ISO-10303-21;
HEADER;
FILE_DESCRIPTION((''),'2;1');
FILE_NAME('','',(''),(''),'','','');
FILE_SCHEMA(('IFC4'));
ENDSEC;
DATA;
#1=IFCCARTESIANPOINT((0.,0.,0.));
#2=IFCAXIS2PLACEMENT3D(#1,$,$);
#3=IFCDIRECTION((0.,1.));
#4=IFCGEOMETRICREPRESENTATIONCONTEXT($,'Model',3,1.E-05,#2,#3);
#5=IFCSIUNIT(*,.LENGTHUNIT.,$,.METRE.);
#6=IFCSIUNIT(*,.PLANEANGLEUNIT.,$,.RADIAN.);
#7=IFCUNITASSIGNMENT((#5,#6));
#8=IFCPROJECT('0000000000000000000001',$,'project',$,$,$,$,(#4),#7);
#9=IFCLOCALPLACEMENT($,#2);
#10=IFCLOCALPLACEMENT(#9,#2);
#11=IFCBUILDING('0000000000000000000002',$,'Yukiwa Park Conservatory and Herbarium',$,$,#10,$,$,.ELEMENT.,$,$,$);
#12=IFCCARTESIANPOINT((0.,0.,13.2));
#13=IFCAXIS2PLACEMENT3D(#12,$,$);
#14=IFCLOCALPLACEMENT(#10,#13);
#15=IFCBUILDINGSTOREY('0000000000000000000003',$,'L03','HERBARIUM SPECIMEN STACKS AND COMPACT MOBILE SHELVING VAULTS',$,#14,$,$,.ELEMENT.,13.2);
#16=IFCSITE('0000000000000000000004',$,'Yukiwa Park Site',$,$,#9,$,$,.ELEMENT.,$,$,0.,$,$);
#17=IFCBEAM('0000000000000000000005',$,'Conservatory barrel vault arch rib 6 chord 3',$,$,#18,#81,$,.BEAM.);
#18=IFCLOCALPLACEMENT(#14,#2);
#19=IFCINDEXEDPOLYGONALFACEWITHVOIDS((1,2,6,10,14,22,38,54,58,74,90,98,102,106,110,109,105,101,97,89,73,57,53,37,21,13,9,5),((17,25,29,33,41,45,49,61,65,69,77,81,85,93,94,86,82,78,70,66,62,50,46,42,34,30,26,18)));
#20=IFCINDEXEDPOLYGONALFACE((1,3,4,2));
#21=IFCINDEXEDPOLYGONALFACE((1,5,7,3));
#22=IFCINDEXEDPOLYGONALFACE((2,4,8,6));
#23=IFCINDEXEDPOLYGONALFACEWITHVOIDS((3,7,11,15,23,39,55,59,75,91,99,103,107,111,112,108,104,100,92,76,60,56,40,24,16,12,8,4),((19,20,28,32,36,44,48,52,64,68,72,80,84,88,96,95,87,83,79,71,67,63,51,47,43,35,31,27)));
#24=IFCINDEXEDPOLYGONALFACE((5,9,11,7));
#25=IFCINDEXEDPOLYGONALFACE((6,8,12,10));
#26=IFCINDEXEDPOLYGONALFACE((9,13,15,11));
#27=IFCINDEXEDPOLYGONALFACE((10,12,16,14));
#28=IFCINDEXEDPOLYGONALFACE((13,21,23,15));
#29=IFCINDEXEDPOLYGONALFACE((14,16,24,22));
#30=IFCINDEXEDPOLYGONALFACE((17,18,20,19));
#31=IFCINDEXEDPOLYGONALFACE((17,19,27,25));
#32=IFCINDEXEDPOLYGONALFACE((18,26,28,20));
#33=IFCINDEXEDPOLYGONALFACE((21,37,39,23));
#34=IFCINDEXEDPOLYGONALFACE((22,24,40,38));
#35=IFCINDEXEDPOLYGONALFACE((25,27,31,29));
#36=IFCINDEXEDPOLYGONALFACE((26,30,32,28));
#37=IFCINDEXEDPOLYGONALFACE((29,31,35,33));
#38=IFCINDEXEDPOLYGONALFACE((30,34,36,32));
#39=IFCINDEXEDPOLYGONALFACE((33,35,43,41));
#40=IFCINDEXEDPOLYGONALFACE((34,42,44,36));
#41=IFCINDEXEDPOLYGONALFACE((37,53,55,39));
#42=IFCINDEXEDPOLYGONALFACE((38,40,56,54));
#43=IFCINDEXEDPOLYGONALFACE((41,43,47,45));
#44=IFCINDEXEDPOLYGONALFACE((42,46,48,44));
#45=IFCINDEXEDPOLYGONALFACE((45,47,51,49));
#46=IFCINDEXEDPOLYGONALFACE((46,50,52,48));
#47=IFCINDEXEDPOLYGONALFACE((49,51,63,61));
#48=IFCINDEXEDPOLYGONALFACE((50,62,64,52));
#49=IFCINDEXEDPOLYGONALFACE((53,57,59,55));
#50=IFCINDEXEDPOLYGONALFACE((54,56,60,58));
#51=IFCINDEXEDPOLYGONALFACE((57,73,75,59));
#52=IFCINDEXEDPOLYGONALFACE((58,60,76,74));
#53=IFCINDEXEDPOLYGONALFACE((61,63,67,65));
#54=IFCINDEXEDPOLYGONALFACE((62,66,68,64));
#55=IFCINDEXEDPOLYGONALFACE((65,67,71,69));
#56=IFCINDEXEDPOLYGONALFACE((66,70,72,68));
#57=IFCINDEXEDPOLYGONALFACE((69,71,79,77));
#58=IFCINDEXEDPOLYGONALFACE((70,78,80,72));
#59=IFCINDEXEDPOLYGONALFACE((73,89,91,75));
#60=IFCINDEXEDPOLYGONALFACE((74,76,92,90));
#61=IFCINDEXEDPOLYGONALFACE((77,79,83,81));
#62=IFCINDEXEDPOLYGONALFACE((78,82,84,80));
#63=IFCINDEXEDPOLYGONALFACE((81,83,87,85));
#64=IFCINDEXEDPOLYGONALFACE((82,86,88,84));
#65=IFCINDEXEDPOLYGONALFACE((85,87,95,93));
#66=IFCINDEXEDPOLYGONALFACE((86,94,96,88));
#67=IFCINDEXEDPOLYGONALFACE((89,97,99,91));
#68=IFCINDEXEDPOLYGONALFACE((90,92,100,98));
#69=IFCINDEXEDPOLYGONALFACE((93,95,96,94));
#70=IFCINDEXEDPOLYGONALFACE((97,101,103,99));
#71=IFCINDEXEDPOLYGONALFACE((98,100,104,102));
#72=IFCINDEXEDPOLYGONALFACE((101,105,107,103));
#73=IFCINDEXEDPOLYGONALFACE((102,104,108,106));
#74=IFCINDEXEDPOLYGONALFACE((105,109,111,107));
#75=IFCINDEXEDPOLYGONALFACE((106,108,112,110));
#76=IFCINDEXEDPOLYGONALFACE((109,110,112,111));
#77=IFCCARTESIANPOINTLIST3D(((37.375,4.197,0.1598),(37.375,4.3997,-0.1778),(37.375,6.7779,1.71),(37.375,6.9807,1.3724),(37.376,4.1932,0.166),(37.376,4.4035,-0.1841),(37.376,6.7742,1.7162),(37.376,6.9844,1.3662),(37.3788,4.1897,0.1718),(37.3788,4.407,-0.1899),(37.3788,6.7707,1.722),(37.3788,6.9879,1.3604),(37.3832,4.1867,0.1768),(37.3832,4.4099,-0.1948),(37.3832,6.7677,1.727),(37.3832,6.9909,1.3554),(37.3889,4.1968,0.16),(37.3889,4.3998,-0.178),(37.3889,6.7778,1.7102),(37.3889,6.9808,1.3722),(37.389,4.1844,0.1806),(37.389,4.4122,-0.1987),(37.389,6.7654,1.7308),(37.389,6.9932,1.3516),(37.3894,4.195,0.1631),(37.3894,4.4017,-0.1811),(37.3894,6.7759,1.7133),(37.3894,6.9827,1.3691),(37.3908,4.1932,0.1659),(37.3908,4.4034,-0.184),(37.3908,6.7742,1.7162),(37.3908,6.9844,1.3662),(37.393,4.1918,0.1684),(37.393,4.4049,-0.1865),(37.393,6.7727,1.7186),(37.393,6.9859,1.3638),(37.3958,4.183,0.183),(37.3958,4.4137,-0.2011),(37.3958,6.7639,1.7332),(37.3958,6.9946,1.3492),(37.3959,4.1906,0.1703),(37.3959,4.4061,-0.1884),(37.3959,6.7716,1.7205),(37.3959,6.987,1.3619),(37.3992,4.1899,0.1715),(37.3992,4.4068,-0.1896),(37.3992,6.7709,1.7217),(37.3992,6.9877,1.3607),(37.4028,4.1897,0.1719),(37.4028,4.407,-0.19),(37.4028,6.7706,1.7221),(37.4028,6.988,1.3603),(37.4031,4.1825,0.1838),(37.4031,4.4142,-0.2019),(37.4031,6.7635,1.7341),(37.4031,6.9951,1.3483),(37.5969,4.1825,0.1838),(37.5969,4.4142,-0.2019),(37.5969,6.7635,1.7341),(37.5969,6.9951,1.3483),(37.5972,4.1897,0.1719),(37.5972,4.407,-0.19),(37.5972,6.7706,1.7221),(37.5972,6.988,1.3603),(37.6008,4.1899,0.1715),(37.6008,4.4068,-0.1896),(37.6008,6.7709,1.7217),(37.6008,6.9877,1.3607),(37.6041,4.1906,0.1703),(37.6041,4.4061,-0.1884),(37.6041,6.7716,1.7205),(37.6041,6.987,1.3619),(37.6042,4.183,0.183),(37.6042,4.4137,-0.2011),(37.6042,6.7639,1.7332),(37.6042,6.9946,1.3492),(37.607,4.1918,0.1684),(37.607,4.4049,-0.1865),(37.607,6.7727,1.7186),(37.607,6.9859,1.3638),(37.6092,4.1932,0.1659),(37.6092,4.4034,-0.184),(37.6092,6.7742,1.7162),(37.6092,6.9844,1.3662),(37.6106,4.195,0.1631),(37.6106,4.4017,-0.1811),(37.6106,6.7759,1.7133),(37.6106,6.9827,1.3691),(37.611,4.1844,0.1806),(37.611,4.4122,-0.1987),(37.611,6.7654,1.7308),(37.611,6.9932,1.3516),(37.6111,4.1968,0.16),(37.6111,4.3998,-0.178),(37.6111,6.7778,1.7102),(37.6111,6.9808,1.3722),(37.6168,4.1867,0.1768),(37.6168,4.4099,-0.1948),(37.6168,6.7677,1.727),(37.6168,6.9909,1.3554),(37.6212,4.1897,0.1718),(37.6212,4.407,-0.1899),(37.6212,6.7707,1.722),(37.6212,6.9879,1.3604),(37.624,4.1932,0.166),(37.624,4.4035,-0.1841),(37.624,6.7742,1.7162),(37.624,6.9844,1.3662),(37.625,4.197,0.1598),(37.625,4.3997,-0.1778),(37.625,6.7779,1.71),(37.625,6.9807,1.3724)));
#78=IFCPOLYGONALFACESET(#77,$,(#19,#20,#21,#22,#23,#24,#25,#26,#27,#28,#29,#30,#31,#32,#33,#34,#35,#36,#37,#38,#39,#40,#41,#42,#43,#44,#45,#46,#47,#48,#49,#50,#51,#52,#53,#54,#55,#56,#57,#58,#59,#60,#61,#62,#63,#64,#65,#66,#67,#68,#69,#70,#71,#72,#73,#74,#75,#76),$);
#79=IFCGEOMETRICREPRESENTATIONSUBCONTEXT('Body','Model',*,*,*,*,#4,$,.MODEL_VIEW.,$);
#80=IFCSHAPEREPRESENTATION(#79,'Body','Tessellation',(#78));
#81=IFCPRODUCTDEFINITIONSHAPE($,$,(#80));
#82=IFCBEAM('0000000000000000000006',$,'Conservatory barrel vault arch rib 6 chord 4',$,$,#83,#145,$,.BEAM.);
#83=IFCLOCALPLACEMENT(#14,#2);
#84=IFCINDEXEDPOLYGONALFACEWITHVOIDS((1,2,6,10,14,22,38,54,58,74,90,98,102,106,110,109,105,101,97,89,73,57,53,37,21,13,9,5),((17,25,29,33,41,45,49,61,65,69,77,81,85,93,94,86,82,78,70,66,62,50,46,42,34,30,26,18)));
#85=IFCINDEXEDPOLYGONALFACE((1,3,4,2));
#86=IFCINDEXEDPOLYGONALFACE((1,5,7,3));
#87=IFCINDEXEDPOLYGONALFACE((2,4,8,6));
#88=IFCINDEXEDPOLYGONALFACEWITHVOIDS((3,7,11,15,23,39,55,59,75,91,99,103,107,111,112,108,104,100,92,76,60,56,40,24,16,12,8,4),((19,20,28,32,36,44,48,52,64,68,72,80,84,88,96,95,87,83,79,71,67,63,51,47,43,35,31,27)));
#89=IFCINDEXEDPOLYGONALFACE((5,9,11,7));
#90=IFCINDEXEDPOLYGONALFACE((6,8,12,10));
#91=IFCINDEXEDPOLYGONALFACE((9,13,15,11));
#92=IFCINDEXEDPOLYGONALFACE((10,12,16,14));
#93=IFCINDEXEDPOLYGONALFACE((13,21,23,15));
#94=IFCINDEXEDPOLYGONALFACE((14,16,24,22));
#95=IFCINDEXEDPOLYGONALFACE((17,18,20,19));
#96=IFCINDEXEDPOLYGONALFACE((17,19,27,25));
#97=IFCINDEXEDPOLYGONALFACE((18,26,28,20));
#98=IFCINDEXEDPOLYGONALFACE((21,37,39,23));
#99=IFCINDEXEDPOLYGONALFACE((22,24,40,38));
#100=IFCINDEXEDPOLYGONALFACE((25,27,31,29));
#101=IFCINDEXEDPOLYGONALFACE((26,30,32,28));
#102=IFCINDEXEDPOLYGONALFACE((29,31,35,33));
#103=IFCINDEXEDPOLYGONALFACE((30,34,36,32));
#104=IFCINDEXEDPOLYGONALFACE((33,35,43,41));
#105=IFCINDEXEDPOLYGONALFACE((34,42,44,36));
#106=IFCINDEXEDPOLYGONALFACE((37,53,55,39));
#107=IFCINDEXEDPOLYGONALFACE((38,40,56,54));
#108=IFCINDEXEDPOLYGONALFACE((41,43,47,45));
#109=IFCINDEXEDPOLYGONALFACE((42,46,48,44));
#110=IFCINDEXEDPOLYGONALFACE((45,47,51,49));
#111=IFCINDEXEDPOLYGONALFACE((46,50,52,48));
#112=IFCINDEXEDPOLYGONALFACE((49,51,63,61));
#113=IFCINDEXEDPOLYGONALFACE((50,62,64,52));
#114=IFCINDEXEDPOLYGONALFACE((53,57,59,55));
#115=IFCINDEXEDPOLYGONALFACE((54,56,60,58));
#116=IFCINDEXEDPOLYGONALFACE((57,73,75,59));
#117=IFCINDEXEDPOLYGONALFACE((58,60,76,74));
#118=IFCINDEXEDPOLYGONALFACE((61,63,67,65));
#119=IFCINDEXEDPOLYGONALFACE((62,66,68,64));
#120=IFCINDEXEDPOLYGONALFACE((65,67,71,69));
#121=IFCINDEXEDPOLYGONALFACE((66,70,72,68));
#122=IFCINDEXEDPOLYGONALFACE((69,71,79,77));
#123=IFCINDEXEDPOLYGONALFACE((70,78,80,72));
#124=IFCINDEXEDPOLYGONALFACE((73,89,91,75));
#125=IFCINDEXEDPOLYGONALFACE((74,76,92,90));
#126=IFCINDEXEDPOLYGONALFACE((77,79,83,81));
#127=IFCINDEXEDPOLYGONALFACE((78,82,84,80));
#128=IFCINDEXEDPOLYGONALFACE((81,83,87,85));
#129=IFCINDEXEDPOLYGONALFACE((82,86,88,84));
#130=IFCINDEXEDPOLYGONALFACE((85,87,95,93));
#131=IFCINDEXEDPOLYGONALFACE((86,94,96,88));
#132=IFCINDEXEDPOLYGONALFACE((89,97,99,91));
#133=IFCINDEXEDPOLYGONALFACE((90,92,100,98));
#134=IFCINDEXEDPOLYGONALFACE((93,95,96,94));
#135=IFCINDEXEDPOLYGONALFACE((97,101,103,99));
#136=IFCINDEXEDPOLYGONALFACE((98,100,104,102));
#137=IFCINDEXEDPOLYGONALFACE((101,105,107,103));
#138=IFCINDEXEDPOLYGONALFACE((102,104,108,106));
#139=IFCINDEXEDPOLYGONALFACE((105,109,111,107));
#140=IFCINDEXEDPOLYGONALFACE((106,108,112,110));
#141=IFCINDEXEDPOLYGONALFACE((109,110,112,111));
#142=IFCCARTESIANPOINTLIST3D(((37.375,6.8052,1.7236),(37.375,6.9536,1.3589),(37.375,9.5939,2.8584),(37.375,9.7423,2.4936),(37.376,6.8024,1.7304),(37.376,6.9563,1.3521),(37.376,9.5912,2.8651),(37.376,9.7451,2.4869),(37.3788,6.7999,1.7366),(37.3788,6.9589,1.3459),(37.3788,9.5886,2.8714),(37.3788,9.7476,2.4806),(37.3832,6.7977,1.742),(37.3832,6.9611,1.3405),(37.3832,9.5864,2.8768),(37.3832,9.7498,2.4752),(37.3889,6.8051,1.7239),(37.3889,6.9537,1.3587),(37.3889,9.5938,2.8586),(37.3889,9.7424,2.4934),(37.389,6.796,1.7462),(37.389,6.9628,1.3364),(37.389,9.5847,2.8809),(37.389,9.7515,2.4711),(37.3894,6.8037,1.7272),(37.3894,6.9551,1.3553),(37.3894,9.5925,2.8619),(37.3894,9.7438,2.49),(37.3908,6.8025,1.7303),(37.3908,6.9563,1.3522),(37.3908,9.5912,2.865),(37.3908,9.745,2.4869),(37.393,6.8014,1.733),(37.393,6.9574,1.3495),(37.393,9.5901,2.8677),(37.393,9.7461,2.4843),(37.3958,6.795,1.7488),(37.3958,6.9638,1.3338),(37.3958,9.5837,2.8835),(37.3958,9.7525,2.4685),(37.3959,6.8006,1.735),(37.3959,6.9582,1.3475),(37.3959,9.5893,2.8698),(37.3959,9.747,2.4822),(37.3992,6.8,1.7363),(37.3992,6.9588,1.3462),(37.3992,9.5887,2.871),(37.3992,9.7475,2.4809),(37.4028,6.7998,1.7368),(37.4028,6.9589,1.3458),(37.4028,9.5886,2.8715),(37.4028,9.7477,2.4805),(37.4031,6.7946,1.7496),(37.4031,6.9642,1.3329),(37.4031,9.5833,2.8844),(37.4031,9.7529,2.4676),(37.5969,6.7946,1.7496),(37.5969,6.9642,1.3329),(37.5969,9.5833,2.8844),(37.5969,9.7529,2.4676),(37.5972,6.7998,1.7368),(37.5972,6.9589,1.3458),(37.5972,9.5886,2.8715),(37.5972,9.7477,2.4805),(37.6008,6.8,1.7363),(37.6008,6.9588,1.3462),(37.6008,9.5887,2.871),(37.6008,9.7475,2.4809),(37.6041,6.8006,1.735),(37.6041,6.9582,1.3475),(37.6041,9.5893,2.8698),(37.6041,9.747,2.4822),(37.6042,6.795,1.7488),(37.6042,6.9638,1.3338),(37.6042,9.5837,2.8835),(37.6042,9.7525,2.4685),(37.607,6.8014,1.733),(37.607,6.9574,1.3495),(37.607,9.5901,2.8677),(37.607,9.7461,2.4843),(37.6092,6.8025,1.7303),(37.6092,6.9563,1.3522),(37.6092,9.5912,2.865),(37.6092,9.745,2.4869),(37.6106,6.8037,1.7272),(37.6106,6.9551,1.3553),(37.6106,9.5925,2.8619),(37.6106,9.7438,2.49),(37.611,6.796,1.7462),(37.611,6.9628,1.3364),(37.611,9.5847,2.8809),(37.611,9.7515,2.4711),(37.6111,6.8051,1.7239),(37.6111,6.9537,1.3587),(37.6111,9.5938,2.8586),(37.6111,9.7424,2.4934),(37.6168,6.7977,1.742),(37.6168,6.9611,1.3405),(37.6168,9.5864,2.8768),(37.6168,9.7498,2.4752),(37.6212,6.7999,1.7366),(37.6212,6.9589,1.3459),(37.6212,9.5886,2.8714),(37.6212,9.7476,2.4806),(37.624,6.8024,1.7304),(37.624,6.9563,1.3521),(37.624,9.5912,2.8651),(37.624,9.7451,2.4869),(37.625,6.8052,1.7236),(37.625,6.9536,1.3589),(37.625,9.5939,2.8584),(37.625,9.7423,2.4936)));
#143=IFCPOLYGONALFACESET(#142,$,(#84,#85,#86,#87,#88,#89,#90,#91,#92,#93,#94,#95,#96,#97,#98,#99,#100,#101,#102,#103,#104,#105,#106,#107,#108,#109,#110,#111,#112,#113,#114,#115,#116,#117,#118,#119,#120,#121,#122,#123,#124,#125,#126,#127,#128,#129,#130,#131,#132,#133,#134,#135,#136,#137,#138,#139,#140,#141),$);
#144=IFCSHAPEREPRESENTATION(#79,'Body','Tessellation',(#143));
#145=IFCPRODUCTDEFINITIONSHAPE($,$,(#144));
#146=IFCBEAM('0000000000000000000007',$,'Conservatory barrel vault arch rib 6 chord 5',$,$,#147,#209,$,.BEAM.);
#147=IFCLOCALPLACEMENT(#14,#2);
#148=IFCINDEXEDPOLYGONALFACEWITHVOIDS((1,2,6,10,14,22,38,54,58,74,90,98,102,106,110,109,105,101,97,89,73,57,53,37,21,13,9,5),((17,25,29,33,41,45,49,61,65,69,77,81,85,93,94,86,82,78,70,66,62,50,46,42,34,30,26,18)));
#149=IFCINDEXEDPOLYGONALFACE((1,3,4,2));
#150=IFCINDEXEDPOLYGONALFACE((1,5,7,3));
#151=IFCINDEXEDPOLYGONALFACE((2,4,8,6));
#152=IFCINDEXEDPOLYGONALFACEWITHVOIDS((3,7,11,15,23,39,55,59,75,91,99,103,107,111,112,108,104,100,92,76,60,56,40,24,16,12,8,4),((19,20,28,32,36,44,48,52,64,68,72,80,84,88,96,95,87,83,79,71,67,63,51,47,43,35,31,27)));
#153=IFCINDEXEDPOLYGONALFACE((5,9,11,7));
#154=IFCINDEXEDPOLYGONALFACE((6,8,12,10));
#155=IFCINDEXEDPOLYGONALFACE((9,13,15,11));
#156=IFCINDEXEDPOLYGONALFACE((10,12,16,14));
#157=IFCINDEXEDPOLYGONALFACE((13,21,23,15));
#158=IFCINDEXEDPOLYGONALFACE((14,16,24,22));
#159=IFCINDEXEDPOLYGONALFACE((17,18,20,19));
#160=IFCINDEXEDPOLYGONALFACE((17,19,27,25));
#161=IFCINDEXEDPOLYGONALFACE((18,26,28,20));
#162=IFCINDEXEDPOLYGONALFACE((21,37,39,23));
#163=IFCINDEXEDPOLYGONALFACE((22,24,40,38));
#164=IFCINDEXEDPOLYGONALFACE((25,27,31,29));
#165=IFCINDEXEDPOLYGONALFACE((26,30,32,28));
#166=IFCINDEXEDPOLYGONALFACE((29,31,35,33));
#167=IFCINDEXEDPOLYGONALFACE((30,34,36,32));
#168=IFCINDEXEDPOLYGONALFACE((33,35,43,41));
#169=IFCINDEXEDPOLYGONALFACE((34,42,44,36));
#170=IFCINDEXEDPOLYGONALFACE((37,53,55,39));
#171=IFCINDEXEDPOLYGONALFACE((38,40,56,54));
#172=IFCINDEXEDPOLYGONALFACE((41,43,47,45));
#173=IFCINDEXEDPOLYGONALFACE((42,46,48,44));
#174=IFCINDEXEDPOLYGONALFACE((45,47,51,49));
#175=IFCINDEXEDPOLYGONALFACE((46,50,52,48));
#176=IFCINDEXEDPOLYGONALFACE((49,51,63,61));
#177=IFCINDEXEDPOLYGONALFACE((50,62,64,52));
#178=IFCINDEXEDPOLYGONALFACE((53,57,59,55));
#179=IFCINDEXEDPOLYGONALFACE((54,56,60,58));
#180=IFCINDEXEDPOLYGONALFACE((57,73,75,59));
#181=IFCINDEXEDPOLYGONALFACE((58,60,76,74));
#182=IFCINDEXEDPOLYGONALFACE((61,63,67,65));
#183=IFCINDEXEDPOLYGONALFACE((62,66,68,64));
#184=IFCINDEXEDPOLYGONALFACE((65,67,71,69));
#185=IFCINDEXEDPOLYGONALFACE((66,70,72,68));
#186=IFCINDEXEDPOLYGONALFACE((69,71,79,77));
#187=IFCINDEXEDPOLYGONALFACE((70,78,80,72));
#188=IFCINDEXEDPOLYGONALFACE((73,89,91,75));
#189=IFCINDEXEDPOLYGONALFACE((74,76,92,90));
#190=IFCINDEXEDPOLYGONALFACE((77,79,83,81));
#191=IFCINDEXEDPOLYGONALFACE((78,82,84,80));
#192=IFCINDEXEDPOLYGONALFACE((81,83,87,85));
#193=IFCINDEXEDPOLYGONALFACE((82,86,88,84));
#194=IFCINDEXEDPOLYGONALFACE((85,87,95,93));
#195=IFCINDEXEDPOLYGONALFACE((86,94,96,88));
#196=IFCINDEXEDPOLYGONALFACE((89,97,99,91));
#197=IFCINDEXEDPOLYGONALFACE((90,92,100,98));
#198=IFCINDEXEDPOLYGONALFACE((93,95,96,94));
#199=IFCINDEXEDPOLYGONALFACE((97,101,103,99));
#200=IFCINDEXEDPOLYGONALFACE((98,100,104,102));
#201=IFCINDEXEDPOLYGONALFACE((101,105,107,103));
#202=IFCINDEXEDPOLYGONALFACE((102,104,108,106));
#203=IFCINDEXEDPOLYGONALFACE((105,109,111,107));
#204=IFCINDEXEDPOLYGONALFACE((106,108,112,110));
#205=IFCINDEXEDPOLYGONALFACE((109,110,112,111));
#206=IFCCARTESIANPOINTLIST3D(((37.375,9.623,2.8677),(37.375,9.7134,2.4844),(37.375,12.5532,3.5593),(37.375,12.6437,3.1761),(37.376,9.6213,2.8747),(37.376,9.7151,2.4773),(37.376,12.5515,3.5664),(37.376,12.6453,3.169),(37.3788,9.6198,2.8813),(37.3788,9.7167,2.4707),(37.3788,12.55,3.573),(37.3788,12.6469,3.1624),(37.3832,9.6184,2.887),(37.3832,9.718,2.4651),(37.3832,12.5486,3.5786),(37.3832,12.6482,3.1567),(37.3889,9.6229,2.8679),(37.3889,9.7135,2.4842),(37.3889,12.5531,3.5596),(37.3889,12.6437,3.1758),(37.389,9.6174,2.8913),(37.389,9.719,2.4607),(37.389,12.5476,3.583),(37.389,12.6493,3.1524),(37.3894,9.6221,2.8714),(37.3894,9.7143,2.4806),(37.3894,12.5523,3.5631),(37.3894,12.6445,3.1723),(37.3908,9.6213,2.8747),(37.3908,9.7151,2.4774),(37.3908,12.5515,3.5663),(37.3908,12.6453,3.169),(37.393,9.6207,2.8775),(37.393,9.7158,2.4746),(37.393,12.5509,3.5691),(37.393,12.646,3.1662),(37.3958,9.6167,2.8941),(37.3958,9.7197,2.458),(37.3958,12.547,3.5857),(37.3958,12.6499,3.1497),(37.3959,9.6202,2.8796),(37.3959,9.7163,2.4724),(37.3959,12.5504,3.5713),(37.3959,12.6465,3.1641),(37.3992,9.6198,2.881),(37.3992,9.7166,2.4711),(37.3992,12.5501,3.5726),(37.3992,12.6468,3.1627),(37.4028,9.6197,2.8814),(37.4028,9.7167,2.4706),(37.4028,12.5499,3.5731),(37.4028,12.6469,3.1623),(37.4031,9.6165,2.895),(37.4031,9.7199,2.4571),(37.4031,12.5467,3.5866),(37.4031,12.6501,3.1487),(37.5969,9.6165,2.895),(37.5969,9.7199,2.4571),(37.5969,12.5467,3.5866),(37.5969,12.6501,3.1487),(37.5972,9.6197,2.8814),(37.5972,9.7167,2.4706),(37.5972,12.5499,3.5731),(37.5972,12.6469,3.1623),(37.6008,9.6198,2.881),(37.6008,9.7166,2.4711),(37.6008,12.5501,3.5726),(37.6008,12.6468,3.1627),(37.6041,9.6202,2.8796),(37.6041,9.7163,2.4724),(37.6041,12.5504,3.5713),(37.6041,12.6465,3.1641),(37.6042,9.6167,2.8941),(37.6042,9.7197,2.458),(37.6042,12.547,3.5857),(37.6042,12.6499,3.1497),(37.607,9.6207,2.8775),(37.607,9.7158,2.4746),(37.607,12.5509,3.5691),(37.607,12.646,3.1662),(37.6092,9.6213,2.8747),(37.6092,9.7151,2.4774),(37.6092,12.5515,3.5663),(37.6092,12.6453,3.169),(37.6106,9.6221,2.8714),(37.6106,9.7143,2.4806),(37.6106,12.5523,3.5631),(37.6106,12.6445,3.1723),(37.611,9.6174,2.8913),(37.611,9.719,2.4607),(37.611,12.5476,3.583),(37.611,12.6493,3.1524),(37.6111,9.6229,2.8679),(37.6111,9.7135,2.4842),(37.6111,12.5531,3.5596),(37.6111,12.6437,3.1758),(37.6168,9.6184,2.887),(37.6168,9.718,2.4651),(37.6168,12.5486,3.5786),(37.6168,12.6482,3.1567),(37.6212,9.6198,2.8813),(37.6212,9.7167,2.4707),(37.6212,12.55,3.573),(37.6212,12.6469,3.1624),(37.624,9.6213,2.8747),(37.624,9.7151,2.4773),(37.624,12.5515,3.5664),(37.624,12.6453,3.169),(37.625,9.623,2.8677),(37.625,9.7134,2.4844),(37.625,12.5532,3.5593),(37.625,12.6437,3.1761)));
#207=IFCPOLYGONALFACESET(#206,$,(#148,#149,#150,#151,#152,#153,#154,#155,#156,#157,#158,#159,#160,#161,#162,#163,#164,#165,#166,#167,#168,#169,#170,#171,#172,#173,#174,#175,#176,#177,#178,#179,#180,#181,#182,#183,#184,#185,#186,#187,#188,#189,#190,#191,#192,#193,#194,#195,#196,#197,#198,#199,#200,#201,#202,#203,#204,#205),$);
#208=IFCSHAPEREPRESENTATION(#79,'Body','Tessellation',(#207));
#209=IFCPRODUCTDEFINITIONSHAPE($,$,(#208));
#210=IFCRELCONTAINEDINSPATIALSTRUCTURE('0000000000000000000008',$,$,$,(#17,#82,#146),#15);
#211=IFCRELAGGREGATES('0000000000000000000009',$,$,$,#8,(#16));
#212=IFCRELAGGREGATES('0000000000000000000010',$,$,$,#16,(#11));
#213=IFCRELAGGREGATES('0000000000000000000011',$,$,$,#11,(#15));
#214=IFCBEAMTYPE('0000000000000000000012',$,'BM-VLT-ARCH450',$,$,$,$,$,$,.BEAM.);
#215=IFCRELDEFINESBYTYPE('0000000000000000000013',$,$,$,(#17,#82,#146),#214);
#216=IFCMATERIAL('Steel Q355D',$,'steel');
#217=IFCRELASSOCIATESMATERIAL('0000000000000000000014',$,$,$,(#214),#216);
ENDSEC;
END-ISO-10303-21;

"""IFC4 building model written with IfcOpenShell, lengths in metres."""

from ifc_helpers import new_model, si_unit, direction, frame, origin, origin_2d, place, context, subcontext, project, spatial, hollow_rectangle, extrude, material, material_profile, profile_set, type_object, element, save


model = new_model("IFC4")

# Units and contexts
model_context = context("Model", 3, precision=1e-05, world=origin(), true_north=direction((0.0, 1.0)))
body_context = subcontext(model_context, "Body", "Model", "MODEL_VIEW")
ifc_project = project(units=[si_unit("LENGTHUNIT", "METRE"), si_unit("PLANEANGLEUNIT", "RADIAN")], contexts=[model_context])

# Site, building, storey
site_placement = place(None, origin())
site = spatial("IfcSite", under=ifc_project, at=site_placement, Name="Yukiwa Park Site", CompositionType="ELEMENT", RefElevation=0.0)
building_placement = place(site_placement, origin())
building = spatial("IfcBuilding", under=site, at=building_placement, Name="Yukiwa Park Conservatory and Herbarium", CompositionType="ELEMENT")
storey_placement = place(building_placement, frame((0.0, 0.0, 13.2)))
storey = spatial("IfcBuildingStorey", under=building, at=storey_placement, Name="L03", Description="HERBARIUM SPECIMEN STACKS AND COMPACT MOBILE SHELVING VAULTS", CompositionType="ELEMENT", Elevation=13.2)

# Beams
ifc_material_1 = material(Name="Steel Q355D", Category="steel")
ifc_material_profile_1 = material_profile(ifc_material_1, hollow_rectangle(XDim=0.25, YDim=0.45, WallThickness=0.0139, InnerFilletRadius=0.0139, OuterFilletRadius=0.0281, at=origin_2d()), Name="RHS 450x250x14")
ifc_profile_set_1 = profile_set([ifc_material_profile_1], Name="Steel Q355D")
beam_type = type_object("IfcBeamType", Name="BM-VLT-ARCH450", PredefinedType="BEAM", material=ifc_profile_set_1)
for number, where, z_axis, x_axis, name in (
    (1, (37.5, 4.2983, -0.009), (0.0, 0.85725, 0.514901), (-1.0, 0.0, 0.0), "Conservatory barrel vault arch rib 6 chord 3"),
    (2, (37.5, 6.8794, 1.5413), (0.0, 0.926257, 0.376892), (-1.0, 0.0, 0.0), "Conservatory barrel vault arch rib 6 chord 4"),
    (3, (37.5, 9.6682, 2.676), (0.0, 0.973254, 0.229731), (-1.0, 0.0, 0.0), "Conservatory barrel vault arch rib 6 chord 5"),
):
    element("IfcBeam", number, at=place(storey_placement, frame(where, z_axis=z_axis, x_axis=x_axis)), inside=storey, type_object=beam_type, Name=name, PredefinedType="BEAM", context=body_context, shape_type="SweptSolid", body=[
        extrude(hollow_rectangle(XDim=0.25, YDim=0.45, WallThickness=0.0139, InnerFilletRadius=0.0139, OuterFilletRadius=0.0281, at=origin_2d()), origin(), (0.0, 0.0, 1.0), 3.0107),
    ])

save(model, "model.ifc")
